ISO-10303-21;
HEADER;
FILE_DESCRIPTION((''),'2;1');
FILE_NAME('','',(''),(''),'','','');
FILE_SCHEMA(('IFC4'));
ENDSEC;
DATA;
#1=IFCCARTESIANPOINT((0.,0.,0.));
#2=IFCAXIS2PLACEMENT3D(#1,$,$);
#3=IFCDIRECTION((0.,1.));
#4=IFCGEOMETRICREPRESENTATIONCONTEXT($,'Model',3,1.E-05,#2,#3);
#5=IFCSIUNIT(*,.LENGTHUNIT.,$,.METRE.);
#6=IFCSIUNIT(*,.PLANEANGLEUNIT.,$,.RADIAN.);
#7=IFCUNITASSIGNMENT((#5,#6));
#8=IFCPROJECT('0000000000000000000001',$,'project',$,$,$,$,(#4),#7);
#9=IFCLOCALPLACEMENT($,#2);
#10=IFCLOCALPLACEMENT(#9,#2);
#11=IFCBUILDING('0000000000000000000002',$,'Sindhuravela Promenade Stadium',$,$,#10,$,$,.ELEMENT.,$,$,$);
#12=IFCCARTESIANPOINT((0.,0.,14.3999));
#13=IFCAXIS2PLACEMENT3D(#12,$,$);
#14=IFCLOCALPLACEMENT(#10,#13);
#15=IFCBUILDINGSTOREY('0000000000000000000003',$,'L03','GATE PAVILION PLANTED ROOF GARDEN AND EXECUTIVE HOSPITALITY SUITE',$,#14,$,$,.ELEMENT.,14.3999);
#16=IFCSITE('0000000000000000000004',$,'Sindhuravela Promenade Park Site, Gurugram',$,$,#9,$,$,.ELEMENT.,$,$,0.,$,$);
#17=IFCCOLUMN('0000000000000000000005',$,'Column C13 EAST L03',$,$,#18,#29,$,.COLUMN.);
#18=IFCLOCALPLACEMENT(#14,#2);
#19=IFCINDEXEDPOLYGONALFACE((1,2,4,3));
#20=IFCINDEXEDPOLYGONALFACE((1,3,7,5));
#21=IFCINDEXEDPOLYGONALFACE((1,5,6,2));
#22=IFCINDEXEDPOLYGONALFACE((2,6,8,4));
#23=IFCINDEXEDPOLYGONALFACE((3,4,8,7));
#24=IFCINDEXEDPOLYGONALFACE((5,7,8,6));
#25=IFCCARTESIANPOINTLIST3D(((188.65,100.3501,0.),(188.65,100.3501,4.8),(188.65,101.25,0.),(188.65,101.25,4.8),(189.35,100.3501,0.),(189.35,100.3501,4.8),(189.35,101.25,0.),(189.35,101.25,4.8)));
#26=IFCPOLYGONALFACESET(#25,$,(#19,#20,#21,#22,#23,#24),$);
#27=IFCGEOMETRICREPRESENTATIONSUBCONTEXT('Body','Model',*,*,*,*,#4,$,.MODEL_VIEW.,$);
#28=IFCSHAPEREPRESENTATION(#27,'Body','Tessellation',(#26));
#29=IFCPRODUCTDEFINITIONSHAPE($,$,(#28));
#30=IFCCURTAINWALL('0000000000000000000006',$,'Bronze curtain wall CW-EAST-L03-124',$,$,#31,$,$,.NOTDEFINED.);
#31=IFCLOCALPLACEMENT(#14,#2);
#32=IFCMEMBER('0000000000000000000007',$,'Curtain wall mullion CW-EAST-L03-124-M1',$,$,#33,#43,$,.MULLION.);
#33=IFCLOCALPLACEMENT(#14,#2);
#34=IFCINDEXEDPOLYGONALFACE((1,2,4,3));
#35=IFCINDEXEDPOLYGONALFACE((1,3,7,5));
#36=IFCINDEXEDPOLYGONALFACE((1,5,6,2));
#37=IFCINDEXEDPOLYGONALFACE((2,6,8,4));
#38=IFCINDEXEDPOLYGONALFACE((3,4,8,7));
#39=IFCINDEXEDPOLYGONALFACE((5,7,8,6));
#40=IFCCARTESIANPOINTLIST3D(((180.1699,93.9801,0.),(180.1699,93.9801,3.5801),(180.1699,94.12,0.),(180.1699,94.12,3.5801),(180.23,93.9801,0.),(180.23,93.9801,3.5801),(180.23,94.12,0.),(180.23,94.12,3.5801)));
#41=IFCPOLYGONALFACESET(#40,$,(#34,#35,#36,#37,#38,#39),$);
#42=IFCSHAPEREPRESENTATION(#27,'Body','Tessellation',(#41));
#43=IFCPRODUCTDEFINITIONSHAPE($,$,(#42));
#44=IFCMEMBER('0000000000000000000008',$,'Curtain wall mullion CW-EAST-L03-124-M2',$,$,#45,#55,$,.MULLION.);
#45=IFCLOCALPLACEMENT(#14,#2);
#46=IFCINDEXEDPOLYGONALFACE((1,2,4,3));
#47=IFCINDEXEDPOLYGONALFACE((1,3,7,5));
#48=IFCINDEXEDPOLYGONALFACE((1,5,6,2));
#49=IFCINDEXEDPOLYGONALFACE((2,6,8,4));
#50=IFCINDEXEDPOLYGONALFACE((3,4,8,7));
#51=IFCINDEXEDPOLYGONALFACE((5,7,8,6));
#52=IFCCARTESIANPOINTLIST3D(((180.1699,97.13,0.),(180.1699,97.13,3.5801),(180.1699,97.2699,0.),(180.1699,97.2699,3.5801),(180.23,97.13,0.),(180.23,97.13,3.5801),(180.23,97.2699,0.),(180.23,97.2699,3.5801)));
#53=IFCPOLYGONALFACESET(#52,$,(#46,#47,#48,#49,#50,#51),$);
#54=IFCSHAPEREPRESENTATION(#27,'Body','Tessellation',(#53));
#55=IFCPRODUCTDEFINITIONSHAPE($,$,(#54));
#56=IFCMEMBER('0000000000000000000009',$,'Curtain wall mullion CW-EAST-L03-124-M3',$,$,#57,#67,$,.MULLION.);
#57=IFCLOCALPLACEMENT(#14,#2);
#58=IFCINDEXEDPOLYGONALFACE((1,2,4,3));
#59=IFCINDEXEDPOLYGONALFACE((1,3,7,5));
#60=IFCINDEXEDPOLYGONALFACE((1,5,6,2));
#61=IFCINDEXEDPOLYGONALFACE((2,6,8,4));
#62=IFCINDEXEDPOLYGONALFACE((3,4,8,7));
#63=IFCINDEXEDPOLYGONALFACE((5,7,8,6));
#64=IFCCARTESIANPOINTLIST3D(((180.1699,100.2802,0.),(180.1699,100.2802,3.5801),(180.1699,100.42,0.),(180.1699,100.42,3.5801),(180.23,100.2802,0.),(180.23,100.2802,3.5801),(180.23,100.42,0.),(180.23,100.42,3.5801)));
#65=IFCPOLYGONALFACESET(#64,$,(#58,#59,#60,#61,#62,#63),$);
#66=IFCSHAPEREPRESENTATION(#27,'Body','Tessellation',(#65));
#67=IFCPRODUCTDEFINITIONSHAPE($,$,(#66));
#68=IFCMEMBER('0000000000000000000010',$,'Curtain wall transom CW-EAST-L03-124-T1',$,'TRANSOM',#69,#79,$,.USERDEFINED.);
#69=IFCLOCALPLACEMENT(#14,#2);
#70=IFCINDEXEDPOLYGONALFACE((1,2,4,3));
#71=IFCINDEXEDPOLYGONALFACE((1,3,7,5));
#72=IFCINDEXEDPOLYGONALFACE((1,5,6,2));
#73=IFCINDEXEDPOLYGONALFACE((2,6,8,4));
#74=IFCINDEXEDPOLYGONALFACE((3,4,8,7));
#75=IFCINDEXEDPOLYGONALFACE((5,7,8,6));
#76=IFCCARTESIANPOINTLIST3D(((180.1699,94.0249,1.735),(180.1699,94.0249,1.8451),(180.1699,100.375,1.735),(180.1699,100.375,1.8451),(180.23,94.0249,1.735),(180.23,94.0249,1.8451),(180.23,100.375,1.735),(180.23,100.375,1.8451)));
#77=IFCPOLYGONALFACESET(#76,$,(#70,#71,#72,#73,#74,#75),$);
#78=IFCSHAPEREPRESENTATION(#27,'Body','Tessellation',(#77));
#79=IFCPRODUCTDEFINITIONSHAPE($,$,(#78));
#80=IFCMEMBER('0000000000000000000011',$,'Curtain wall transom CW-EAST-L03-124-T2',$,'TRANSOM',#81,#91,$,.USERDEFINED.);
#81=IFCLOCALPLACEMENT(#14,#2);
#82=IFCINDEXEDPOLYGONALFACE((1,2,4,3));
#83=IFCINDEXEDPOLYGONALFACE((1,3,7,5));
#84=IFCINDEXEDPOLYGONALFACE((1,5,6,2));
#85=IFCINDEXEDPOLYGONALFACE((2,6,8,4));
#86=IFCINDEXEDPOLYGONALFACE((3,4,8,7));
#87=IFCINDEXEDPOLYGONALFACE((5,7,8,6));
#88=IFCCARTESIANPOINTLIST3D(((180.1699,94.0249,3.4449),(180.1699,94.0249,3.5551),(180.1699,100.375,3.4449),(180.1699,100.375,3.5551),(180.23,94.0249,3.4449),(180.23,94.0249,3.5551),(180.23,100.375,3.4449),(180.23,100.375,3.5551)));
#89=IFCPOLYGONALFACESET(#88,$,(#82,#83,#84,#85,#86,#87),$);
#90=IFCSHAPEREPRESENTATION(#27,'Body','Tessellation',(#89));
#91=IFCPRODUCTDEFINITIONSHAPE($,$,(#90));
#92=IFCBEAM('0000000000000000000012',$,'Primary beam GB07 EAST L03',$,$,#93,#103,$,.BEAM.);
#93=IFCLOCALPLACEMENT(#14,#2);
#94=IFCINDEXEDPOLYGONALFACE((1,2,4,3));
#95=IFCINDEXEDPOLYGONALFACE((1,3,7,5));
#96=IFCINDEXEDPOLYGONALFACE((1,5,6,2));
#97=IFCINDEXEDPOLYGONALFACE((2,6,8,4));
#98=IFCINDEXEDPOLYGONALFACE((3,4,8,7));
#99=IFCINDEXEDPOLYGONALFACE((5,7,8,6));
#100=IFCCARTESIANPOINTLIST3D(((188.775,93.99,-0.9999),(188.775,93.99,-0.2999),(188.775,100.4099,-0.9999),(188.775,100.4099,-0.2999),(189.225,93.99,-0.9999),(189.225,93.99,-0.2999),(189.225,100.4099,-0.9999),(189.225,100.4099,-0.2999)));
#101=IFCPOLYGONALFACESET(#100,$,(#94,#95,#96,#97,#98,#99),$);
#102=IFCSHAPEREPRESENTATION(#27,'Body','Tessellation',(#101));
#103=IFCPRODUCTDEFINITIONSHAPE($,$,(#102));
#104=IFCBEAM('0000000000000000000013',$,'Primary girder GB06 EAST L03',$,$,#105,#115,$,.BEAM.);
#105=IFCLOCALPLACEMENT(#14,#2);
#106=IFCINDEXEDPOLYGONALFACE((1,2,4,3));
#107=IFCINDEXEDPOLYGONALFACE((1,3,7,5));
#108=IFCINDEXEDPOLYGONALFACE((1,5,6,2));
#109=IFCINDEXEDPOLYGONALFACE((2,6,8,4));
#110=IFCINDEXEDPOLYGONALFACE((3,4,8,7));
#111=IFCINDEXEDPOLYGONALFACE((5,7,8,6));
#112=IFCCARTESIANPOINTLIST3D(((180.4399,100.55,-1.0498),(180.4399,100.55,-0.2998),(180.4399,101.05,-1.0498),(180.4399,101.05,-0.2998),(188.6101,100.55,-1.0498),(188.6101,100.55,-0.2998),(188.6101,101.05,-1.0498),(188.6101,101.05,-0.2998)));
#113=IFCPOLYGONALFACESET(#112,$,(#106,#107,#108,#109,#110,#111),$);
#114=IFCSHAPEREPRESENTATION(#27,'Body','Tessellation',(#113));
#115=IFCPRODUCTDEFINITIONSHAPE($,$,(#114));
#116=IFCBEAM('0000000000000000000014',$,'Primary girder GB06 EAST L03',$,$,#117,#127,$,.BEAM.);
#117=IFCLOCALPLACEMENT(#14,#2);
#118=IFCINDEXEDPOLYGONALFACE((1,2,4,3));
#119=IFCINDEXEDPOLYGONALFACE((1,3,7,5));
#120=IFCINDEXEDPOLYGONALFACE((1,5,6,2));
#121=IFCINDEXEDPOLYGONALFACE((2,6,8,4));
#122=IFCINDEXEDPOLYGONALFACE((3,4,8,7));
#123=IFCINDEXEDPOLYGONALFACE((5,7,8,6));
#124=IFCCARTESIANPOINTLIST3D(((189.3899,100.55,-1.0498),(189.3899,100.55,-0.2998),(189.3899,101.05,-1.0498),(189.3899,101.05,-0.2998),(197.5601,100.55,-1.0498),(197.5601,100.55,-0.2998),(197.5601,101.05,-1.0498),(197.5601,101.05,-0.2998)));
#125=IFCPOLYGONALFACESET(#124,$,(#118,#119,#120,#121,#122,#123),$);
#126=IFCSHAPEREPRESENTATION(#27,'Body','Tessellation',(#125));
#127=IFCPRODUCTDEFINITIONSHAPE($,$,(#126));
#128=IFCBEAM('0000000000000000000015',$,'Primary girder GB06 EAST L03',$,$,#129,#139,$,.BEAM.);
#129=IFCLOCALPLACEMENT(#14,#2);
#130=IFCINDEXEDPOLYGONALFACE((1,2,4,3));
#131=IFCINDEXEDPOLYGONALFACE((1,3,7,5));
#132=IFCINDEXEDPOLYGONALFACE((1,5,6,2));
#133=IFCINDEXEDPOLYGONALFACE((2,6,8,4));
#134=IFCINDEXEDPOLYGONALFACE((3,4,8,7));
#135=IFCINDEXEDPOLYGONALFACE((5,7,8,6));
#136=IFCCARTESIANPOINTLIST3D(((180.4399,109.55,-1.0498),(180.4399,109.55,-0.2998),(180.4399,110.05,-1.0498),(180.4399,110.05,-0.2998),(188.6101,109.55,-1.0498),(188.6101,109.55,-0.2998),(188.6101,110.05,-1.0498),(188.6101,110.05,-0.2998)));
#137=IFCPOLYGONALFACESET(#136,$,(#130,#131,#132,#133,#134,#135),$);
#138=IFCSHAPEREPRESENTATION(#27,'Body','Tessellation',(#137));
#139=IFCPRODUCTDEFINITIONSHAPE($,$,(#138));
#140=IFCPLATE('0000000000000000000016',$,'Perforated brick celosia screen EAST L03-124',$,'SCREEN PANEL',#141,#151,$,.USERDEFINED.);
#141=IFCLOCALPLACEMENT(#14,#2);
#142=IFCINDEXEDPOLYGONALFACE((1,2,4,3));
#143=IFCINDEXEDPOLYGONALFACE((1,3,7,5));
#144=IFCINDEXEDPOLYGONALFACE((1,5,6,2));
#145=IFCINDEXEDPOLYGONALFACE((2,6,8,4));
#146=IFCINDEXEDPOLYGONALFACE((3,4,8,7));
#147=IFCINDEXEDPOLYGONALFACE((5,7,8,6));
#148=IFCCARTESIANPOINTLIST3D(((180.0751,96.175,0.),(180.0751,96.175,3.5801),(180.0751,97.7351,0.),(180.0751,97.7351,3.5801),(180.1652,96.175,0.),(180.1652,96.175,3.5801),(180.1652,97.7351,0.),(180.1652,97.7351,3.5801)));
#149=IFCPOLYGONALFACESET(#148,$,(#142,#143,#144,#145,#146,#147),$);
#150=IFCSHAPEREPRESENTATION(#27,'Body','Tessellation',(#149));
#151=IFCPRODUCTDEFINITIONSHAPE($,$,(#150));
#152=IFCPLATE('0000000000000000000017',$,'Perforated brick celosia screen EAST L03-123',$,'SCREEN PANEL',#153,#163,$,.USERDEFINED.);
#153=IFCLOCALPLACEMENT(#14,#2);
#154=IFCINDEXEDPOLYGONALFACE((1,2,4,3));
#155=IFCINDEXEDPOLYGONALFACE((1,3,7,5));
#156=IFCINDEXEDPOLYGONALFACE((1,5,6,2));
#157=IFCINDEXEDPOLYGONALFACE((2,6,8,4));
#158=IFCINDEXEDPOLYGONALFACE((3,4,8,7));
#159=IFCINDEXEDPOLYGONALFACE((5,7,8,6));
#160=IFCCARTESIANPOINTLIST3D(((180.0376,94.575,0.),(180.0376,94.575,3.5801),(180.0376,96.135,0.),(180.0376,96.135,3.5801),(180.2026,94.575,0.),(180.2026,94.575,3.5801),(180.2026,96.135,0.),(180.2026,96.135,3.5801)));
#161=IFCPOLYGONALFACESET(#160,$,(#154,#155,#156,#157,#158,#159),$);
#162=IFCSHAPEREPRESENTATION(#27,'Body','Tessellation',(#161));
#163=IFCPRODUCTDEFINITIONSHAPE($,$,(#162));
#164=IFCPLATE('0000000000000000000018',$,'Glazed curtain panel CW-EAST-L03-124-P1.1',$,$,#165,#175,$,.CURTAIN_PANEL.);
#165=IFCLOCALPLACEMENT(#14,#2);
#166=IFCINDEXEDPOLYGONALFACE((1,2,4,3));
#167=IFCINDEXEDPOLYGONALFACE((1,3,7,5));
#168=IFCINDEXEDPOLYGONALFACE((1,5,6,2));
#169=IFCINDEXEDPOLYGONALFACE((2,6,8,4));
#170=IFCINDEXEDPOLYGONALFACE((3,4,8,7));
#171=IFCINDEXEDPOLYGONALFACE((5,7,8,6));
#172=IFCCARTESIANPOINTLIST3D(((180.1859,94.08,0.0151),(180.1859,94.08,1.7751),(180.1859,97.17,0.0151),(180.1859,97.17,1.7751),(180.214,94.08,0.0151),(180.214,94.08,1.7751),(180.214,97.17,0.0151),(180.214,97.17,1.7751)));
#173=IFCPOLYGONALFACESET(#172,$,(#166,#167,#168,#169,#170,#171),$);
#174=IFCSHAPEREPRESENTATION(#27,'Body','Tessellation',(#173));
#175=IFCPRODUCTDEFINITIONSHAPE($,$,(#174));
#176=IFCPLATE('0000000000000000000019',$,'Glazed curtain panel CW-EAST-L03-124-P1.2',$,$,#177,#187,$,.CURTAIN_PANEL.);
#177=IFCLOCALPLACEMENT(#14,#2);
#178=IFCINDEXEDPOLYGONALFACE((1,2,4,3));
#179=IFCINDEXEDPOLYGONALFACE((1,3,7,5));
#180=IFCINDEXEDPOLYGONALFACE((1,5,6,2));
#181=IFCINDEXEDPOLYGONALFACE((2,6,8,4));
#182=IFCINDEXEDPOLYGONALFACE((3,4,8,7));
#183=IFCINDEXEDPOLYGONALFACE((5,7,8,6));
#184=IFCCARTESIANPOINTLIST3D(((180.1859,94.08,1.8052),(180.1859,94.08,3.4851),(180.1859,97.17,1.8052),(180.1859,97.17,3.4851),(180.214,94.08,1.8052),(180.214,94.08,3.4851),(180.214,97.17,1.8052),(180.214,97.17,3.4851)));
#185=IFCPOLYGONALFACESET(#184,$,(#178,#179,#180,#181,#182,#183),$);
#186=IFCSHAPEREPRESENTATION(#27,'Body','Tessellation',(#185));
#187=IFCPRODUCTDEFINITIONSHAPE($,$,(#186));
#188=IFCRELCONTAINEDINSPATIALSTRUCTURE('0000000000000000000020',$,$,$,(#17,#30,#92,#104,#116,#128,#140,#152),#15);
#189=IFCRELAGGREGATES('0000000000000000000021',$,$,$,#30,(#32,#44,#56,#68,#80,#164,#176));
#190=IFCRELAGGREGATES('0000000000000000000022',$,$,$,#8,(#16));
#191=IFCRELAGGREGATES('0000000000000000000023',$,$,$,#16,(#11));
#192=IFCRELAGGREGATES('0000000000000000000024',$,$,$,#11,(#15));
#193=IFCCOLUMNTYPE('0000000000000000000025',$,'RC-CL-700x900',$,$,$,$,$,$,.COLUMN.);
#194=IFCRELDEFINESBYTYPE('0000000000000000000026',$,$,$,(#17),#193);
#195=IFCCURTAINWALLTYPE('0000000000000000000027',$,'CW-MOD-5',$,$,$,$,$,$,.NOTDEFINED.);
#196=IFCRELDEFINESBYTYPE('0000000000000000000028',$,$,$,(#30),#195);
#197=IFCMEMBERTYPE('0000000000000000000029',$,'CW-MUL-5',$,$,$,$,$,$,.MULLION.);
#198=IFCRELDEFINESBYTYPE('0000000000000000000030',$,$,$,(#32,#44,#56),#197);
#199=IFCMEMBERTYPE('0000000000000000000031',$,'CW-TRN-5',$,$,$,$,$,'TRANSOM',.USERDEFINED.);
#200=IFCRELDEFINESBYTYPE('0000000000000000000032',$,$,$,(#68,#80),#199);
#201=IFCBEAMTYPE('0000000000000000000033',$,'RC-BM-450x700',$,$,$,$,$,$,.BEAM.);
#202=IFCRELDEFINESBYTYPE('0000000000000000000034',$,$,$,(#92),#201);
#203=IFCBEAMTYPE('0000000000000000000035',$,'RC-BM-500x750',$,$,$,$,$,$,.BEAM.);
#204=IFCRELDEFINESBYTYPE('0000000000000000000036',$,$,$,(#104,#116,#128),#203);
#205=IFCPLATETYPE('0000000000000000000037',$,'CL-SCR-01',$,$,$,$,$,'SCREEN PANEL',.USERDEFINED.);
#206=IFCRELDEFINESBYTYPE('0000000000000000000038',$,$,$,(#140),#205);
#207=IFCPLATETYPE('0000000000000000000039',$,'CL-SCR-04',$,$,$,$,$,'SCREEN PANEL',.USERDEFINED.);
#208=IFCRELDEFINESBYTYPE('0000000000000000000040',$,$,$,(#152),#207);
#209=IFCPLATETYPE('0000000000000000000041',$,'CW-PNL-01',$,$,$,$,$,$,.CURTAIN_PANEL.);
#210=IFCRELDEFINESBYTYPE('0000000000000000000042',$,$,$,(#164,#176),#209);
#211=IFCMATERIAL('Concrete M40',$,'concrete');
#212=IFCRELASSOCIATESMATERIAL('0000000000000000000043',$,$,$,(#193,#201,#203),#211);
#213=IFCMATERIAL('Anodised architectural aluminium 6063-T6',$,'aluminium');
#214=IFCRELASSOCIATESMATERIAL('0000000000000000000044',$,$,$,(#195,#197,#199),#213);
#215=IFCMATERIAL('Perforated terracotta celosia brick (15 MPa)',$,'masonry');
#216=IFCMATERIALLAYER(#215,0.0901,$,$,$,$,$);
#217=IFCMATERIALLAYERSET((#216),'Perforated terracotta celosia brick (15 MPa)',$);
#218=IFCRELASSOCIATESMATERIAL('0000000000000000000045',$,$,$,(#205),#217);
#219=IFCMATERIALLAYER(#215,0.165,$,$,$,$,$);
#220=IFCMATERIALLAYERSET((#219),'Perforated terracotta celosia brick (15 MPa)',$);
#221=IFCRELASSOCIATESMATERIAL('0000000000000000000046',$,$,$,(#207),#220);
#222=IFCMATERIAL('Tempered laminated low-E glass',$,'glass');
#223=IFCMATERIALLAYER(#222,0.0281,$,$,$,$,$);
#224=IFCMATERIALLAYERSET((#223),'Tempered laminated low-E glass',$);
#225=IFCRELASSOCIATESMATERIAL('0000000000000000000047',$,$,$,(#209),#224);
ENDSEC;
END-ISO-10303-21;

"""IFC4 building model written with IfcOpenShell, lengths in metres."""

from ifc_helpers import new_model, si_unit, direction, frame, origin, origin_2d, place, context, subcontext, project, spatial, rectangle, extrude, material, layer, layer_set, material_profile, profile_set, type_object, element, aggregate, save


model = new_model("IFC4")

# Units and contexts
model_context = context("Model", 3, precision=1e-05, world=origin(), true_north=direction((0.0, 1.0)))
body_context = subcontext(model_context, "Body", "Model", "MODEL_VIEW")
ifc_project = project(units=[si_unit("LENGTHUNIT", "METRE"), si_unit("PLANEANGLEUNIT", "RADIAN")], contexts=[model_context])

# Site, building, storey
site_placement = place(None, origin())
site = spatial("IfcSite", under=ifc_project, at=site_placement, Name="Sindhuravela Promenade Park Site, Gurugram", CompositionType="ELEMENT", RefElevation=0.0)
building_placement = place(site_placement, origin())
building = spatial("IfcBuilding", under=site, at=building_placement, Name="Sindhuravela Promenade Stadium", CompositionType="ELEMENT")
storey_placement = place(building_placement, frame((0.0, 0.0, 14.3999)))
storey = spatial("IfcBuildingStorey", under=building, at=storey_placement, Name="L03", Description="GATE PAVILION PLANTED ROOF GARDEN AND EXECUTIVE HOSPITALITY SUITE", CompositionType="ELEMENT", Elevation=14.3999)

# Column
ifc_material_1 = material(Name="Concrete M40", Category="concrete")
ifc_material_profile_1 = material_profile(ifc_material_1, rectangle(XDim=0.7, YDim=0.8999, at=origin_2d()), Name="RC 700x900")
ifc_profile_set_1 = profile_set([ifc_material_profile_1], Name="Concrete M40")
column_type = type_object("IfcColumnType", Name="RC-CL-700x900", PredefinedType="COLUMN", material=ifc_profile_set_1)
column_placement = place(storey_placement, frame((189.0, 100.8, 0.0), z_axis=(0.0, 0.0, 1.0), x_axis=(1.0, 0.0, 0.0)))
element("IfcColumn", 1, at=column_placement, inside=storey, type_object=column_type, Name="Column C13 EAST L03", PredefinedType="COLUMN", context=body_context, shape_type="SweptSolid", body=[
    extrude(rectangle(XDim=0.7, YDim=0.8999, at=origin_2d()), origin(), (0.0, 0.0, 1.0), 4.8),
])

# Curtain wall, members
ifc_material_2 = material(Name="Anodised architectural aluminium 6063-T6", Category="aluminium")
curtain_wall_type = type_object("IfcCurtainWallType", Name="CW-MOD-5", PredefinedType="NOTDEFINED", material=ifc_material_2)
curtain_wall_placement = place(storey_placement, origin())
curtain_wall = element("IfcCurtainWall", 2, at=curtain_wall_placement, inside=storey, type_object=curtain_wall_type, Name="Bronze curtain wall CW-EAST-L03-124", PredefinedType="NOTDEFINED")
ifc_material_profile_2 = material_profile(ifc_material_2, rectangle(XDim=0.0601, YDim=0.1399, at=origin_2d()), Name="ALU M60x140")
ifc_profile_set_2 = profile_set([ifc_material_profile_2], Name="Anodised architectural aluminium 6063-T6")
member_type_1 = type_object("IfcMemberType", Name="CW-MUL-5", PredefinedType="MULLION", material=ifc_profile_set_2)
member_1_placement = place(storey_placement, frame((180.2, 94.05, 0.0), z_axis=(0.0, 0.0, 1.0), x_axis=(1.0, 0.0, 0.0)))
member_1 = element("IfcMember", 3, at=member_1_placement, type_object=member_type_1, Name="Curtain wall mullion CW-EAST-L03-124-M1", PredefinedType="MULLION", context=body_context, shape_type="SweptSolid", body=[
    extrude(rectangle(XDim=0.0601, YDim=0.1399, at=origin_2d()), origin(), (0.0, 0.0, 1.0), 3.5801),
])
member_2_placement = place(storey_placement, frame((180.2, 97.2, 0.0), z_axis=(0.0, 0.0, 1.0), x_axis=(1.0, 0.0, 0.0)))
member_2 = element("IfcMember", 4, at=member_2_placement, type_object=member_type_1, Name="Curtain wall mullion CW-EAST-L03-124-M2", PredefinedType="MULLION", context=body_context, shape_type="SweptSolid", body=[
    extrude(rectangle(XDim=0.0601, YDim=0.1399, at=origin_2d()), origin(), (0.0, 0.0, 1.0), 3.5801),
])
member_3_placement = place(storey_placement, frame((180.2, 100.3501, 0.0), z_axis=(0.0, 0.0, 1.0), x_axis=(1.0, 0.0, 0.0)))
member_3 = element("IfcMember", 5, at=member_3_placement, type_object=member_type_1, Name="Curtain wall mullion CW-EAST-L03-124-M3", PredefinedType="MULLION", context=body_context, shape_type="SweptSolid", body=[
    extrude(rectangle(XDim=0.0601, YDim=0.1399, at=origin_2d()), origin(), (0.0, 0.0, 1.0), 3.5801),
])
ifc_material_profile_3 = material_profile(ifc_material_2, rectangle(XDim=0.0601, YDim=0.1101, at=origin_2d()), Name="ALU T60x110")
ifc_profile_set_3 = profile_set([ifc_material_profile_3], Name="Anodised architectural aluminium 6063-T6")
member_type_2 = type_object("IfcMemberType", Name="CW-TRN-5", ElementType="TRANSOM", PredefinedType="USERDEFINED", material=ifc_profile_set_3)
member_4_placement = place(storey_placement, frame((180.2, 94.0249, 1.79), z_axis=(0.0, 1.0, 0.0), x_axis=(-1.0, 0.0, 0.0)))
member_4 = element("IfcMember", 6, at=member_4_placement, type_object=member_type_2, Name="Curtain wall transom CW-EAST-L03-124-T1", ObjectType="TRANSOM", PredefinedType="USERDEFINED", context=body_context, shape_type="SweptSolid", body=[
    extrude(rectangle(XDim=0.0601, YDim=0.1101, at=origin_2d()), origin(), (0.0, 0.0, 1.0), 6.3501),
])
member_5_placement = place(storey_placement, frame((180.2, 94.0249, 3.5), z_axis=(0.0, 1.0, 0.0), x_axis=(-1.0, 0.0, 0.0)))
member_5 = element("IfcMember", 7, at=member_5_placement, type_object=member_type_2, Name="Curtain wall transom CW-EAST-L03-124-T2", ObjectType="TRANSOM", PredefinedType="USERDEFINED", context=body_context, shape_type="SweptSolid", body=[
    extrude(rectangle(XDim=0.0601, YDim=0.1101, at=origin_2d()), origin(), (0.0, 0.0, 1.0), 6.3501),
])

# Beams
ifc_material_profile_4 = material_profile(ifc_material_1, rectangle(XDim=0.45, YDim=0.7, at=origin_2d()), Name="RC 450x700")
ifc_profile_set_4 = profile_set([ifc_material_profile_4], Name="Concrete M40")
beam_type_1 = type_object("IfcBeamType", Name="RC-BM-450x700", PredefinedType="BEAM", material=ifc_profile_set_4)
beam_placement = place(storey_placement, frame((189.0, 93.99, -0.6499), z_axis=(0.0, 1.0, 0.0), x_axis=(-1.0, 0.0, 0.0)))
element("IfcBeam", 8, at=beam_placement, inside=storey, type_object=beam_type_1, Name="Primary beam GB07 EAST L03", PredefinedType="BEAM", context=body_context, shape_type="SweptSolid", body=[
    extrude(rectangle(XDim=0.45, YDim=0.7, at=origin_2d()), origin(), (0.0, 0.0, 1.0), 6.4199),
])
ifc_material_profile_5 = material_profile(ifc_material_1, rectangle(XDim=0.5, YDim=0.75, at=origin_2d()), Name="RC 500x750")
ifc_profile_set_5 = profile_set([ifc_material_profile_5], Name="Concrete M40")
beam_type_2 = type_object("IfcBeamType", Name="RC-BM-500x750", PredefinedType="BEAM", material=ifc_profile_set_5)
for number, where, z_axis, x_axis, name in (
    (9, (180.4399, 100.8, -0.6748), (1.0, 0.0, 0.0), (0.0, 1.0, 0.0), "Primary girder GB06 EAST L03"),
    (10, (189.3899, 100.8, -0.6748), (1.0, 0.0, 0.0), (0.0, 1.0, 0.0), "Primary girder GB06 EAST L03"),
    (11, (180.4399, 109.8, -0.6748), (1.0, 0.0, 0.0), (0.0, 1.0, 0.0), "Primary girder GB06 EAST L03"),
):
    element("IfcBeam", number, at=place(storey_placement, frame(where, z_axis=z_axis, x_axis=x_axis)), inside=storey, type_object=beam_type_2, Name=name, PredefinedType="BEAM", context=body_context, shape_type="SweptSolid", body=[
        extrude(rectangle(XDim=0.5, YDim=0.75, at=origin_2d()), origin(), (0.0, 0.0, 1.0), 8.1702),
    ])

# Plates
ifc_material_3 = material(Name="Perforated terracotta celosia brick (15 MPa)", Category="masonry")
ifc_layer_1 = layer(ifc_material_3, 0.0901)
ifc_layer_set_1 = layer_set([ifc_layer_1], Name="Perforated terracotta celosia brick (15 MPa)")
plate_type_1 = type_object("IfcPlateType", Name="CL-SCR-01", ElementType="SCREEN PANEL", PredefinedType="USERDEFINED", material=ifc_layer_set_1)
plate_1_placement = place(storey_placement, frame((180.1201, 96.9551, 0.0), z_axis=(0.0, 0.0, 1.0), x_axis=(0.0, 1.0, 0.0)))
element("IfcPlate", 12, at=plate_1_placement, inside=storey, type_object=plate_type_1, Name="Perforated brick celosia screen EAST L03-124", ObjectType="SCREEN PANEL", PredefinedType="USERDEFINED", context=body_context, shape_type="SweptSolid", body=[
    extrude(rectangle(XDim=1.5601, YDim=0.0901, at=origin_2d()), origin(), (0.0, 0.0, 1.0), 3.5801),
])
ifc_layer_2 = layer(ifc_material_3, 0.165)
ifc_layer_set_2 = layer_set([ifc_layer_2], Name="Perforated terracotta celosia brick (15 MPa)")
plate_type_2 = type_object("IfcPlateType", Name="CL-SCR-04", ElementType="SCREEN PANEL", PredefinedType="USERDEFINED", material=ifc_layer_set_2)
plate_2_placement = place(storey_placement, frame((180.1201, 95.355, 0.0), z_axis=(0.0, 0.0, 1.0), x_axis=(0.0, 1.0, 0.0)))
element("IfcPlate", 13, at=plate_2_placement, inside=storey, type_object=plate_type_2, Name="Perforated brick celosia screen EAST L03-123", ObjectType="SCREEN PANEL", PredefinedType="USERDEFINED", context=body_context, shape_type="SweptSolid", body=[
    extrude(rectangle(XDim=1.5601, YDim=0.165, at=origin_2d()), origin(), (0.0, 0.0, 1.0), 3.5801),
])

# Plates
ifc_material_4 = material(Name="Tempered laminated low-E glass", Category="glass")
ifc_layer_3 = layer(ifc_material_4, 0.0281)
ifc_layer_set_3 = layer_set([ifc_layer_3], Name="Tempered laminated low-E glass")
plate_type_3 = type_object("IfcPlateType", Name="CW-PNL-01", PredefinedType="CURTAIN_PANEL", material=ifc_layer_set_3)
plate_3_placement = place(storey_placement, frame((180.2, 95.625, 0.0151), z_axis=(0.0, 0.0, 1.0), x_axis=(0.0, 1.0, 0.0)))
plate_3 = element("IfcPlate", 14, at=plate_3_placement, type_object=plate_type_3, Name="Glazed curtain panel CW-EAST-L03-124-P1.1", PredefinedType="CURTAIN_PANEL", context=body_context, shape_type="SweptSolid", body=[
    extrude(rectangle(XDim=3.0901, YDim=0.0281, at=origin_2d()), origin(), (0.0, 0.0, 1.0), 1.76),
])
plate_4_placement = place(storey_placement, frame((180.2, 95.625, 1.8052), z_axis=(0.0, 0.0, 1.0), x_axis=(0.0, 1.0, 0.0)))
plate_4 = element("IfcPlate", 15, at=plate_4_placement, type_object=plate_type_3, Name="Glazed curtain panel CW-EAST-L03-124-P1.2", PredefinedType="CURTAIN_PANEL", context=body_context, shape_type="SweptSolid", body=[
    extrude(rectangle(XDim=3.0901, YDim=0.0281, at=origin_2d()), origin(), (0.0, 0.0, 1.0), 1.6799),
])
aggregate(curtain_wall, [member_1, member_2, member_3, member_4, member_5, plate_3, plate_4])

save(model, "model.ifc")
